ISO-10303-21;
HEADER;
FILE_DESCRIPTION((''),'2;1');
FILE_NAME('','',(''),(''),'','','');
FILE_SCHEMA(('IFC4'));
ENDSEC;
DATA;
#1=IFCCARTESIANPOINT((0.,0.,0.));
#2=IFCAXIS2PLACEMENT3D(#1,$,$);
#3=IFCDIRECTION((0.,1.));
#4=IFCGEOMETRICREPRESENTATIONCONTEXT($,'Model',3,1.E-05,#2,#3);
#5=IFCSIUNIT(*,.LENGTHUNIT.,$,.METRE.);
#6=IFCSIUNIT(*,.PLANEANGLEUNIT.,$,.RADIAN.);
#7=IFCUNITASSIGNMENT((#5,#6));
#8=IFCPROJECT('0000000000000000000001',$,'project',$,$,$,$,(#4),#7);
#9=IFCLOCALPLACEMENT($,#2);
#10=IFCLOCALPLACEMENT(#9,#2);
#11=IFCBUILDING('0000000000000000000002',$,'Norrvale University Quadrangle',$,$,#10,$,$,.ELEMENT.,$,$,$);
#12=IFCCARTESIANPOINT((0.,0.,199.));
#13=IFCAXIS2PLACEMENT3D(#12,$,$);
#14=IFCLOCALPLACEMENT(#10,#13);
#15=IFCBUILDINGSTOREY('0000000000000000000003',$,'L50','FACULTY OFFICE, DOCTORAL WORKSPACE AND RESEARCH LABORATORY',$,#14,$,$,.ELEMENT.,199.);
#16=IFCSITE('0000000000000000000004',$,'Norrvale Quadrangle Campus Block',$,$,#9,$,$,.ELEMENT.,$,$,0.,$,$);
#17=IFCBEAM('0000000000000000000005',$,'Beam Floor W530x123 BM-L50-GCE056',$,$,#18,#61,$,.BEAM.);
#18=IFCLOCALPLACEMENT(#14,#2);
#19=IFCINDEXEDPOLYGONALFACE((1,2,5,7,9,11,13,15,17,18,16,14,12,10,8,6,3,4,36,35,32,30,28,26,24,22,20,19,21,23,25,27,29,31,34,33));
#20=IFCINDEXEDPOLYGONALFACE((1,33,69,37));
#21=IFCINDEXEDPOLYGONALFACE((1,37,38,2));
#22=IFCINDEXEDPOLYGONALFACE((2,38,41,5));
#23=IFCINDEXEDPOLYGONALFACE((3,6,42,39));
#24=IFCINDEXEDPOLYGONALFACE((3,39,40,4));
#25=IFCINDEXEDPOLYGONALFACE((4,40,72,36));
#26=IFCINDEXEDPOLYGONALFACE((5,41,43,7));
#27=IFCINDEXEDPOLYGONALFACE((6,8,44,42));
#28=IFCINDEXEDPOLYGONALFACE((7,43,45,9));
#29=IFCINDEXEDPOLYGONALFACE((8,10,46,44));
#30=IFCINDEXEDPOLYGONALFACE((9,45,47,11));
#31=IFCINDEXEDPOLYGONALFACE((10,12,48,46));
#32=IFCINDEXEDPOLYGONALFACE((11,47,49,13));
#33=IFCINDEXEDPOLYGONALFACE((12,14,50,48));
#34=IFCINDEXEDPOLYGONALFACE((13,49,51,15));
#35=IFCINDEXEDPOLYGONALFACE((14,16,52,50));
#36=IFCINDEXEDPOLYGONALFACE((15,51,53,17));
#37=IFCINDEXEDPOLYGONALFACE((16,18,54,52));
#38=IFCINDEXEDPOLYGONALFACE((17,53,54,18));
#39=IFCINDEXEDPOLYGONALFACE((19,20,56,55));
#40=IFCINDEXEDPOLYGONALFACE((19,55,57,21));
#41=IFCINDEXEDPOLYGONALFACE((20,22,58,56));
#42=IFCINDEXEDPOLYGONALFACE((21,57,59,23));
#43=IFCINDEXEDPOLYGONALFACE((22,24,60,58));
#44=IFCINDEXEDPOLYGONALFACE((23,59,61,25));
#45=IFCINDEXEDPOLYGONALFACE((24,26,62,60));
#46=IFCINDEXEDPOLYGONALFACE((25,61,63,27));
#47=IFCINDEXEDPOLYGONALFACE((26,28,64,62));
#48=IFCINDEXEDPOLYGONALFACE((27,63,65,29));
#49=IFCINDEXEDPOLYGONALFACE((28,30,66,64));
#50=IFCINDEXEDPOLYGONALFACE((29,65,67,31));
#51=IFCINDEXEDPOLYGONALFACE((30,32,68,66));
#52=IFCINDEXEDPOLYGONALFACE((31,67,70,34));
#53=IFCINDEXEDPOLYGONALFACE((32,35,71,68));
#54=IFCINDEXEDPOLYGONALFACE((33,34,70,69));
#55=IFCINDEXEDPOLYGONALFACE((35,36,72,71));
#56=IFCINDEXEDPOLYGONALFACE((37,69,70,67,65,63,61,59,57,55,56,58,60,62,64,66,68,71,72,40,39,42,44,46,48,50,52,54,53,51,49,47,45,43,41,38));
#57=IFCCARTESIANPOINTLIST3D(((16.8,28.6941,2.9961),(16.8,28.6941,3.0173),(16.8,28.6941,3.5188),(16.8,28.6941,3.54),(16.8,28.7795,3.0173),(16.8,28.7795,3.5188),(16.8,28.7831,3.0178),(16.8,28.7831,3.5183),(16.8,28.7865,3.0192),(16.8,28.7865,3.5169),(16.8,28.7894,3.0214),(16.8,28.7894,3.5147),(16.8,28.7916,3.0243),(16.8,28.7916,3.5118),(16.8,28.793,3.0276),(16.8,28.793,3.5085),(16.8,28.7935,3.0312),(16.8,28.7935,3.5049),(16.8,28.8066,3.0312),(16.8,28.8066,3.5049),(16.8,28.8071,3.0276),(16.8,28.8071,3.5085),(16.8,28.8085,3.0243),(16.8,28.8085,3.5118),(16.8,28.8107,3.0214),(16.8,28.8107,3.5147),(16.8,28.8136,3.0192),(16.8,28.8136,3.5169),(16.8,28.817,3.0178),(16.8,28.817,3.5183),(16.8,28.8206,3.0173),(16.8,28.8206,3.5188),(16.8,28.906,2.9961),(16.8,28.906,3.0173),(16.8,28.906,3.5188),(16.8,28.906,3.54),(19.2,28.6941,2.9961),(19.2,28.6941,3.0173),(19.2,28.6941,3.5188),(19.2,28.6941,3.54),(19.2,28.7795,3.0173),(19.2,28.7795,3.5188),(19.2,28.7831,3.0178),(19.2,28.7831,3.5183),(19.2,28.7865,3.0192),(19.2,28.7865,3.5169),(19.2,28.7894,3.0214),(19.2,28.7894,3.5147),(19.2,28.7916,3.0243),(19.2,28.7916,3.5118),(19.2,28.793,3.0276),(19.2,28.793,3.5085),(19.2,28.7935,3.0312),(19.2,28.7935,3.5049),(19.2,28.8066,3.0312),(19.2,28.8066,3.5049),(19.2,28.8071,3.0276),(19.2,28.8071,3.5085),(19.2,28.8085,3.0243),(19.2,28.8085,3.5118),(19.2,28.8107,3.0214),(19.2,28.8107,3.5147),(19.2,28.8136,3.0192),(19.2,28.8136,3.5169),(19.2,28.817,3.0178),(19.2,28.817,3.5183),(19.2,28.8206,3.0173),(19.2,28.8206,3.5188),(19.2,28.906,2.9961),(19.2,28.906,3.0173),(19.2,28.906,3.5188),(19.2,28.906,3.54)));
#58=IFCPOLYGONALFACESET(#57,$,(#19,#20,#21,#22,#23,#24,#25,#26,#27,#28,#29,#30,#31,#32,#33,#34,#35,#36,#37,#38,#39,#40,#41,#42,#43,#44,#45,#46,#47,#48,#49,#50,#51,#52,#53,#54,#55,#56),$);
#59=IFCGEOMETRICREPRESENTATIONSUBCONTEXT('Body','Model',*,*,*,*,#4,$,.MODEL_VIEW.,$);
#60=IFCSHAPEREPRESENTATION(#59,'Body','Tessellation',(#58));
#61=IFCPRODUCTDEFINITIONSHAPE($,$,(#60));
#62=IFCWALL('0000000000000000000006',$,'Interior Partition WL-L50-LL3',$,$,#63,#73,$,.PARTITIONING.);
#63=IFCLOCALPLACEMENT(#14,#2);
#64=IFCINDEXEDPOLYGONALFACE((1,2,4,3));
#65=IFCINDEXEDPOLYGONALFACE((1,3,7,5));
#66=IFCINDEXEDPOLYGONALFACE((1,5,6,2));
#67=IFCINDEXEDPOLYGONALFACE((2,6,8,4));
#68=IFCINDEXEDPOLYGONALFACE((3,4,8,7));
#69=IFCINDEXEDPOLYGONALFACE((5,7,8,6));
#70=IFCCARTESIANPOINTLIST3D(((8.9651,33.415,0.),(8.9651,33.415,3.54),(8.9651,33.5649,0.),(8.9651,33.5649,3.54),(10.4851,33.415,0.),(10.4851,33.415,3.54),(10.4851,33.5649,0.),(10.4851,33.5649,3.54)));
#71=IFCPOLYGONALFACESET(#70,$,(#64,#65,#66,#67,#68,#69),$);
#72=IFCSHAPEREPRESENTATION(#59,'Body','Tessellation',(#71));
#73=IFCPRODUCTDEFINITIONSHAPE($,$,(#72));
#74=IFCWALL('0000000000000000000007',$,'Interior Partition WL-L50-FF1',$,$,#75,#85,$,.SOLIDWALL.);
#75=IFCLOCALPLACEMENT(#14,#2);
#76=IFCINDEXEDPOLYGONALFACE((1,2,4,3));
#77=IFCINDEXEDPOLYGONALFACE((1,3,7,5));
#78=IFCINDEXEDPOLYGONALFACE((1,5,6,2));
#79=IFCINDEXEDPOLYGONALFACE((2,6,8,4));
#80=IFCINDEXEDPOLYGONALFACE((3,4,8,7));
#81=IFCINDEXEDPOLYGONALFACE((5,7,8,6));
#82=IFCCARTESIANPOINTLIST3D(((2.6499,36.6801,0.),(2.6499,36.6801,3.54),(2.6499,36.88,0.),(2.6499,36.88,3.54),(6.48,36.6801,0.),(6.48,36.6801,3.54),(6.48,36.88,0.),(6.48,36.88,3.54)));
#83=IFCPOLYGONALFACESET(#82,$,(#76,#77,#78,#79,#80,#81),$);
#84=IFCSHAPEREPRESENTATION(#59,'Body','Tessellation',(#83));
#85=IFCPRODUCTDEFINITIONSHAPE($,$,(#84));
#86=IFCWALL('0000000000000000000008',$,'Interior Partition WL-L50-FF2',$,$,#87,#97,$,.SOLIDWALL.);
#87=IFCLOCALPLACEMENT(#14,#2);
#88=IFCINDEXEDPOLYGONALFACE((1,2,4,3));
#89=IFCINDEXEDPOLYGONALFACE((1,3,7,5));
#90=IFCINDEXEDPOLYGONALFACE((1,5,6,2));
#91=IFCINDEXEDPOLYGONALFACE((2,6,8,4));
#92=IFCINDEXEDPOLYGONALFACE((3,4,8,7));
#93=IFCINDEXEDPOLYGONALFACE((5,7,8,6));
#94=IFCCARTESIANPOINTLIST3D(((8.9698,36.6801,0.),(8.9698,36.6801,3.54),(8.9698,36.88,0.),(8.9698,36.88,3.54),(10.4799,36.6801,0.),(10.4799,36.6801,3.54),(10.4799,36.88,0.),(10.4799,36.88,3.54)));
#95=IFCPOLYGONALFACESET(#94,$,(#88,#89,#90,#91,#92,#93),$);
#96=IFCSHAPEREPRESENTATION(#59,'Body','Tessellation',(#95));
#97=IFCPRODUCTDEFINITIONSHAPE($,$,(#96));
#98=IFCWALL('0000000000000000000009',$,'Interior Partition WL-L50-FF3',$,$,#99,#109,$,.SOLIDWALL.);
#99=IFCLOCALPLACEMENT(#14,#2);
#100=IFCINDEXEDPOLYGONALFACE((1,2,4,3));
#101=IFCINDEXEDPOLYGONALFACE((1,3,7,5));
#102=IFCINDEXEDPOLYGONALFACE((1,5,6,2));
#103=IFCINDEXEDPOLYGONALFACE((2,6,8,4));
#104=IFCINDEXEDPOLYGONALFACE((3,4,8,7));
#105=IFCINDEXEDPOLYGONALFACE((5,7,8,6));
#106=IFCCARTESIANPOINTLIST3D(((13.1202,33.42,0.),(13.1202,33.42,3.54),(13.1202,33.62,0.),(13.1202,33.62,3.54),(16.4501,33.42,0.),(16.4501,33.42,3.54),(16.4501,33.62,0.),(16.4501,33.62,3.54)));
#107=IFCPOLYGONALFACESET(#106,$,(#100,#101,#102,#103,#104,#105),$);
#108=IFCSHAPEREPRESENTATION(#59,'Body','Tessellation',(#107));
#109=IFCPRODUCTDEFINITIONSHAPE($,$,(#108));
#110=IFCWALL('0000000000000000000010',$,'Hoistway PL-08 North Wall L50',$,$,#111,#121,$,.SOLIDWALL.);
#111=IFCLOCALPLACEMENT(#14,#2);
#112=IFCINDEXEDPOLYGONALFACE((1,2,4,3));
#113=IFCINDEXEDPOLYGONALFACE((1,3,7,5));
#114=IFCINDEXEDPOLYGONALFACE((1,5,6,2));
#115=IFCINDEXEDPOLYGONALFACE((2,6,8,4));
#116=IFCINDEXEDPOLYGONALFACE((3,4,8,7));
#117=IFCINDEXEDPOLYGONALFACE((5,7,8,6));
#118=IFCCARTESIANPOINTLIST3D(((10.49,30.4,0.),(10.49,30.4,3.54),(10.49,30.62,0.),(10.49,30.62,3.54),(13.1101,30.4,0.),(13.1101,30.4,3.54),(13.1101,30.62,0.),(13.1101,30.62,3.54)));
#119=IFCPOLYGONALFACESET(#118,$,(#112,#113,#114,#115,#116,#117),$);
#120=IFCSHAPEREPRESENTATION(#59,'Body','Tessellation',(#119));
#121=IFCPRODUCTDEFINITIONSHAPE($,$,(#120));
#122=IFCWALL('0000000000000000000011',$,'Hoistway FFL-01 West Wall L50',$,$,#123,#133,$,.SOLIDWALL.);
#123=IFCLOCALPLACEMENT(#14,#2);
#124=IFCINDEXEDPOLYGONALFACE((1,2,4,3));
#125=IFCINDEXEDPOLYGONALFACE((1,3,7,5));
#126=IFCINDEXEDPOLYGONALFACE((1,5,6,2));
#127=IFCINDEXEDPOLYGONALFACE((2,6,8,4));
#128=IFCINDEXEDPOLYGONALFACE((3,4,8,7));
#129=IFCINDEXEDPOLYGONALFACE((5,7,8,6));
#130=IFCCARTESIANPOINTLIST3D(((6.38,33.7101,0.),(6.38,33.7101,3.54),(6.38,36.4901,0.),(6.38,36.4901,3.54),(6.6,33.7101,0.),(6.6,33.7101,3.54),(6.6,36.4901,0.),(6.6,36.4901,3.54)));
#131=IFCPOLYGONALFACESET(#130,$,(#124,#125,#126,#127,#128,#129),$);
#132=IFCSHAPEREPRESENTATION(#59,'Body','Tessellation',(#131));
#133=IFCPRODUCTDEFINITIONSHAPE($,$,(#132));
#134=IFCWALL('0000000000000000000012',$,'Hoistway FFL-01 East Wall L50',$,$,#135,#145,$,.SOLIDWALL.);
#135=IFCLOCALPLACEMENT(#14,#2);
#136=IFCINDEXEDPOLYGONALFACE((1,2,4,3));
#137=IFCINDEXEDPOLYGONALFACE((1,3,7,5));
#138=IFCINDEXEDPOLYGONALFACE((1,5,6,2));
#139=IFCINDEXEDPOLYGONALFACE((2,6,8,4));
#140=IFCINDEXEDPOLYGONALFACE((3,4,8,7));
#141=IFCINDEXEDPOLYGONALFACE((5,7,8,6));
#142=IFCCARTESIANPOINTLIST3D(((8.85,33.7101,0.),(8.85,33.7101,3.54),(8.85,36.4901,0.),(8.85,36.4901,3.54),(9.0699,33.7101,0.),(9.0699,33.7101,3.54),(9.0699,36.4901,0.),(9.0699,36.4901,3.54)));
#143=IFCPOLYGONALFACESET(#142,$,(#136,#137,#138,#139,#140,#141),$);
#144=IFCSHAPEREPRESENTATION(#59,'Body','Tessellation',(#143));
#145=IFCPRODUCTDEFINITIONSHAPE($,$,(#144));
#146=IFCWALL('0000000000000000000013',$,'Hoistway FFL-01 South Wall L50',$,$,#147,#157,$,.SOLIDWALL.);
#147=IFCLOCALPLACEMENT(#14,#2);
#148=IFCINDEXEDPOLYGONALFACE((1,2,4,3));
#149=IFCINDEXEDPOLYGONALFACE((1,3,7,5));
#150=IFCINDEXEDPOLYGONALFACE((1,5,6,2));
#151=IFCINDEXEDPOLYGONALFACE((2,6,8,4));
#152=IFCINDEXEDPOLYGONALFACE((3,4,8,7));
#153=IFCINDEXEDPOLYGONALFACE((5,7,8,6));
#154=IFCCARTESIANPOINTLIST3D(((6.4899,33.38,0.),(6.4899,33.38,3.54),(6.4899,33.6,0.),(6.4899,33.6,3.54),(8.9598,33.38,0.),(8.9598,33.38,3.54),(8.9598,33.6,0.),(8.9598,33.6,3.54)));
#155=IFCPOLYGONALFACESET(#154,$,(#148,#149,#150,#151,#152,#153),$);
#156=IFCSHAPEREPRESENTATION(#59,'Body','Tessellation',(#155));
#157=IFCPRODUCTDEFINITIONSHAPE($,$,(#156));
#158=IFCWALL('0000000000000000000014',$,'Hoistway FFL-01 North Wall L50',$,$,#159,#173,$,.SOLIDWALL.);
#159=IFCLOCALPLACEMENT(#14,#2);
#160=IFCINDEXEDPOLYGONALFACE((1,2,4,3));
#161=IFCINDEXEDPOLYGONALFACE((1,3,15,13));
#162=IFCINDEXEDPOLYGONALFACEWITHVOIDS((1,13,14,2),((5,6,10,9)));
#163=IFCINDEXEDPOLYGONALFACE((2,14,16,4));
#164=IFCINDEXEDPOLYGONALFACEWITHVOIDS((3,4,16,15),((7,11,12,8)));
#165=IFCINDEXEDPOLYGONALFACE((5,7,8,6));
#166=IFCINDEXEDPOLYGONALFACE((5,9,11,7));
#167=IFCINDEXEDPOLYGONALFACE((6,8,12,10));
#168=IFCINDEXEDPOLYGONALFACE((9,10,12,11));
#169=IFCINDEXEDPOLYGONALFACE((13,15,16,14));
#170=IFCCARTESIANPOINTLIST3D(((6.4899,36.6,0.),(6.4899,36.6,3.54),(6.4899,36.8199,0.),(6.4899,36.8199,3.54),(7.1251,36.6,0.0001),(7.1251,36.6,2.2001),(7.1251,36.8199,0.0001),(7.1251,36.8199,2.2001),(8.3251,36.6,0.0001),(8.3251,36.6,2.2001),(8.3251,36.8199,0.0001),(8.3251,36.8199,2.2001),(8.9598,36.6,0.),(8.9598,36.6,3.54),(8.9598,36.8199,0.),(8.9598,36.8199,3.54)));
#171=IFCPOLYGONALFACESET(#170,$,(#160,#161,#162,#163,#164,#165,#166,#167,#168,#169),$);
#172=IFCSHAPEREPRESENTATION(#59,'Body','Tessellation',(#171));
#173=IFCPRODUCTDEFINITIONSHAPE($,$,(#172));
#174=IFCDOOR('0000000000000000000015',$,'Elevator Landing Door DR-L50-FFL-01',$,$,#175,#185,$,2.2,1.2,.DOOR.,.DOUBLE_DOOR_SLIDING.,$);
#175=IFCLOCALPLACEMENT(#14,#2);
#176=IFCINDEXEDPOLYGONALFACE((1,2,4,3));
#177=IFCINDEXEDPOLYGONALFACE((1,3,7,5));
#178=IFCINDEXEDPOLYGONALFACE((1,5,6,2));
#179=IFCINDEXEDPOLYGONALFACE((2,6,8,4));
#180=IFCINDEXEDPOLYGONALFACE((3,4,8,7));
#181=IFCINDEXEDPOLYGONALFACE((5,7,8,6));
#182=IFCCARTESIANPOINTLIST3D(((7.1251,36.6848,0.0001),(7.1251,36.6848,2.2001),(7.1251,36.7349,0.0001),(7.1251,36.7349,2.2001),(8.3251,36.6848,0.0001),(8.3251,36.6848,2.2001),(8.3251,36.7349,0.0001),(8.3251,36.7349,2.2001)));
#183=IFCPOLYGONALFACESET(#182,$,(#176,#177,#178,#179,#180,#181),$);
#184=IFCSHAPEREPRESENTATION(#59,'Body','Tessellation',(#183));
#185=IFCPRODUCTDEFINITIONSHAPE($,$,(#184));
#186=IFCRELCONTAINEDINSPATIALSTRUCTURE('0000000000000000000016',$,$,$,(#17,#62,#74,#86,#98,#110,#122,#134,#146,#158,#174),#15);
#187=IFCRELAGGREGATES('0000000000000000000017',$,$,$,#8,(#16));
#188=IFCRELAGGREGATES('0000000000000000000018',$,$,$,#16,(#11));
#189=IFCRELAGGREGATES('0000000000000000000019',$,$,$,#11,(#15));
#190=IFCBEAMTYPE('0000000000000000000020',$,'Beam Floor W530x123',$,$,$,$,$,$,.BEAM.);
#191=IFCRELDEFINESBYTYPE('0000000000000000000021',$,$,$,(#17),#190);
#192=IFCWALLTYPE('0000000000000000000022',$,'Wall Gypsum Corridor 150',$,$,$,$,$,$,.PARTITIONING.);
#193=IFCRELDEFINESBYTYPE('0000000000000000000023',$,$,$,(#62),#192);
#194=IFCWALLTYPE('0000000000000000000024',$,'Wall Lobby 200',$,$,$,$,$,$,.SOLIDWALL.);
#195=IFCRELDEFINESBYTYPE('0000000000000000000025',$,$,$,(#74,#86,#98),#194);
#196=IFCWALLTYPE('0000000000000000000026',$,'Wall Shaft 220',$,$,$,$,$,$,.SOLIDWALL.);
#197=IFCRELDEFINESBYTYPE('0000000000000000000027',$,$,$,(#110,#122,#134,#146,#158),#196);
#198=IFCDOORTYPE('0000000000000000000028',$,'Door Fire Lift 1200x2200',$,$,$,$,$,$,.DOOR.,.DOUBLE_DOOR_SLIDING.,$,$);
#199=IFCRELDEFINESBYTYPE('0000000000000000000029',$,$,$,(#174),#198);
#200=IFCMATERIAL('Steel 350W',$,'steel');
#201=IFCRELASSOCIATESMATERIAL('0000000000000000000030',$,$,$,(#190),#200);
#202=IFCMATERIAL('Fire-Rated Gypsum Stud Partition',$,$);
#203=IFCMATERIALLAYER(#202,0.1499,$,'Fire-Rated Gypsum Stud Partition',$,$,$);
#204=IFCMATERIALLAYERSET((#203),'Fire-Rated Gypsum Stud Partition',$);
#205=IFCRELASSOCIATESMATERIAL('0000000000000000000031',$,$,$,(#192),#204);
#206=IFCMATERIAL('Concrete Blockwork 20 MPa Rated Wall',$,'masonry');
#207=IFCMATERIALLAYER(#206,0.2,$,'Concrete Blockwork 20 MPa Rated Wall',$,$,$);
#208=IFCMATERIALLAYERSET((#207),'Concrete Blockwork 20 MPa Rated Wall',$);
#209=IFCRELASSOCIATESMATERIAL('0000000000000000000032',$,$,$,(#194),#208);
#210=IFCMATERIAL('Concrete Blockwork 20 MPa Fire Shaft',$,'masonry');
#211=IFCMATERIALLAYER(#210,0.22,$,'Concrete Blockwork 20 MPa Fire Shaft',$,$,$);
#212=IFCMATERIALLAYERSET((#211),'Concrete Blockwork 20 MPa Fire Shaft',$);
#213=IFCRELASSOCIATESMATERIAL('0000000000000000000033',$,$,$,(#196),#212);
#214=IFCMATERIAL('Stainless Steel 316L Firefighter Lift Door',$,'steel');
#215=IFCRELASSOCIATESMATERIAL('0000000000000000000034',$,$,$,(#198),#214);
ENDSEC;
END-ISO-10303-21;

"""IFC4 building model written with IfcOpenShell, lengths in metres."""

from ifc_helpers import new_model, si_unit, direction, frame, frame_2d, origin, origin_2d, place, context, subcontext, project, spatial, rectangle, i_section, extrude, material, layer, layer_set, material_profile, profile_set, type_object, element, fill, save


model = new_model("IFC4")

# Units and contexts
model_context = context("Model", 3, precision=1e-05, world=origin(), true_north=direction((0.0, 1.0)))
body_context = subcontext(model_context, "Body", "Model", "MODEL_VIEW")
ifc_project = project(units=[si_unit("LENGTHUNIT", "METRE"), si_unit("PLANEANGLEUNIT", "RADIAN")], contexts=[model_context])

# Site, building, storey
site_placement = place(None, origin())
site = spatial("IfcSite", under=ifc_project, at=site_placement, Name="Norrvale Quadrangle Campus Block", CompositionType="ELEMENT", RefElevation=0.0)
building_placement = place(site_placement, origin())
building = spatial("IfcBuilding", under=site, at=building_placement, Name="Norrvale University Quadrangle", CompositionType="ELEMENT")
storey_placement = place(building_placement, frame((0.0, 0.0, 199.0)))
storey = spatial("IfcBuildingStorey", under=building, at=storey_placement, Name="L50", Description="FACULTY OFFICE, DOCTORAL WORKSPACE AND RESEARCH LABORATORY", CompositionType="ELEMENT", Elevation=199.0)

# Beam
ifc_material_1 = material(Name="Steel 350W", Category="steel")
ifc_material_profile_1 = material_profile(ifc_material_1, i_section(OverallWidth=0.2119, OverallDepth=0.5439, WebThickness=0.0132, FlangeThickness=0.0212, FilletRadius=0.0139, at=origin_2d()), Name="Steel 350W")
ifc_profile_set_1 = profile_set([ifc_material_profile_1], Name="Steel 350W")
beam_type = type_object("IfcBeamType", Name="Beam Floor W530x123", PredefinedType="BEAM", material=ifc_profile_set_1)
beam_1_placement = place(storey_placement, frame((16.8, 28.8, 3.2681), z_axis=(1.0, 0.0, 0.0), x_axis=(0.0, 1.0, 0.0)))
element("IfcBeam", 1, at=beam_1_placement, inside=storey, type_object=beam_type, Name="Beam Floor W530x123 BM-L50-GCE056", PredefinedType="BEAM", context=body_context, shape_type="SweptSolid", body=[
    extrude(i_section(OverallWidth=0.2119, OverallDepth=0.5439, WebThickness=0.0132, FlangeThickness=0.0212, FilletRadius=0.0139, at=origin_2d()), origin(), (0.0, 0.0, 1.0), 2.3999),
])

# Walls
ifc_material_2 = material(Name="Fire-Rated Gypsum Stud Partition")
ifc_layer_1 = layer(ifc_material_2, 0.1499, Name="Fire-Rated Gypsum Stud Partition")
ifc_layer_set_1 = layer_set([ifc_layer_1], Name="Fire-Rated Gypsum Stud Partition")
wall_type_1 = type_object("IfcWallType", Name="Wall Gypsum Corridor 150", PredefinedType="PARTITIONING", material=ifc_layer_set_1)
wall_1_placement = place(storey_placement, frame((8.9651, 33.49, 0.0), z_axis=(0.0, 0.0, 1.0), x_axis=(1.0, 0.0, 0.0)))
element("IfcWall", 2, at=wall_1_placement, inside=storey, type_object=wall_type_1, Name="Interior Partition WL-L50-LL3", PredefinedType="PARTITIONING", context=body_context, shape_type="SweptSolid", body=[
    extrude(rectangle(XDim=1.52, YDim=0.1499, at=frame_2d((0.76, 0.0))), origin(), (0.0, 0.0, 1.0), 3.54),
])
ifc_material_3 = material(Name="Concrete Blockwork 20 MPa Rated Wall", Category="masonry")
ifc_layer_2 = layer(ifc_material_3, 0.2, Name="Concrete Blockwork 20 MPa Rated Wall")
ifc_layer_set_2 = layer_set([ifc_layer_2], Name="Concrete Blockwork 20 MPa Rated Wall")
wall_type_2 = type_object("IfcWallType", Name="Wall Lobby 200", PredefinedType="SOLIDWALL", material=ifc_layer_set_2)
wall_2_placement = place(storey_placement, frame((2.6499, 36.78, 0.0), z_axis=(0.0, 0.0, 1.0), x_axis=(1.0, 0.0, 0.0)))
element("IfcWall", 3, at=wall_2_placement, inside=storey, type_object=wall_type_2, Name="Interior Partition WL-L50-FF1", PredefinedType="SOLIDWALL", context=body_context, shape_type="SweptSolid", body=[
    extrude(rectangle(XDim=3.8301, YDim=0.2, at=frame_2d((1.915, 0.0))), origin(), (0.0, 0.0, 1.0), 3.54),
])
wall_3_placement = place(storey_placement, frame((8.97, 36.78, 0.0), z_axis=(0.0, 0.0, 1.0), x_axis=(1.0, 0.0, 0.0)))
element("IfcWall", 4, at=wall_3_placement, inside=storey, type_object=wall_type_2, Name="Interior Partition WL-L50-FF2", PredefinedType="SOLIDWALL", context=body_context, shape_type="SweptSolid", body=[
    extrude(rectangle(XDim=1.51, YDim=0.2, at=frame_2d((0.7549, 0.0))), origin(), (0.0, 0.0, 1.0), 3.54),
])
wall_4_placement = place(storey_placement, frame((13.1201, 33.52, 0.0), z_axis=(0.0, 0.0, 1.0), x_axis=(1.0, 0.0, 0.0)))
element("IfcWall", 5, at=wall_4_placement, inside=storey, type_object=wall_type_2, Name="Interior Partition WL-L50-FF3", PredefinedType="SOLIDWALL", context=body_context, shape_type="SweptSolid", body=[
    extrude(rectangle(XDim=3.3298, YDim=0.2, at=frame_2d((1.665, 0.0))), origin(), (0.0, 0.0, 1.0), 3.54),
])
ifc_material_4 = material(Name="Concrete Blockwork 20 MPa Fire Shaft", Category="masonry")
ifc_layer_3 = layer(ifc_material_4, 0.22, Name="Concrete Blockwork 20 MPa Fire Shaft")
ifc_layer_set_3 = layer_set([ifc_layer_3], Name="Concrete Blockwork 20 MPa Fire Shaft")
wall_type_3 = type_object("IfcWallType", Name="Wall Shaft 220", PredefinedType="SOLIDWALL", material=ifc_layer_set_3)
wall_5_placement = place(storey_placement, frame((10.49, 30.51, 0.0), z_axis=(0.0, 0.0, 1.0), x_axis=(1.0, 0.0, 0.0)))
element("IfcWall", 6, at=wall_5_placement, inside=storey, type_object=wall_type_3, Name="Hoistway PL-08 North Wall L50", PredefinedType="SOLIDWALL", context=body_context, shape_type="SweptSolid", body=[
    extrude(rectangle(XDim=2.6201, YDim=0.22, at=frame_2d((1.3101, 0.0))), origin(), (0.0, 0.0, 1.0), 3.54),
])
for number, where, z_axis, x_axis, name in (
    (7, (6.49, 33.71, 0.0), (0.0, 0.0, 1.0), (0.0, 1.0, 0.0), "Hoistway FFL-01 West Wall L50"),
    (8, (8.96, 33.71, 0.0), (0.0, 0.0, 1.0), (0.0, 1.0, 0.0), "Hoistway FFL-01 East Wall L50"),
):
    element("IfcWall", number, at=place(storey_placement, frame(where, z_axis=z_axis, x_axis=x_axis)), inside=storey, type_object=wall_type_3, Name=name, PredefinedType="SOLIDWALL", context=body_context, shape_type="SweptSolid", body=[
        extrude(rectangle(XDim=2.78, YDim=0.22, at=frame_2d((1.3901, 0.0))), origin(), (0.0, 0.0, 1.0), 3.54),
    ])
wall_6_placement = place(storey_placement, frame((6.49, 33.49, 0.0), z_axis=(0.0, 0.0, 1.0), x_axis=(1.0, 0.0, 0.0)))
element("IfcWall", 9, at=wall_6_placement, inside=storey, type_object=wall_type_3, Name="Hoistway FFL-01 South Wall L50", PredefinedType="SOLIDWALL", context=body_context, shape_type="SweptSolid", body=[
    extrude(rectangle(XDim=2.47, YDim=0.22, at=frame_2d((1.2349, 0.0))), origin(), (0.0, 0.0, 1.0), 3.54),
])

# Wall, opening, door
wall_7_placement = place(storey_placement, frame((6.49, 36.71, 0.0), z_axis=(0.0, 0.0, 1.0), x_axis=(1.0, 0.0, 0.0)))
wall_7 = element("IfcWall", 10, at=wall_7_placement, inside=storey, type_object=wall_type_3, Name="Hoistway FFL-01 North Wall L50", PredefinedType="SOLIDWALL", context=body_context, shape_type="SweptSolid", body=[
    extrude(rectangle(XDim=2.47, YDim=0.22, at=frame_2d((1.2349, 0.0))), origin(), (0.0, 0.0, 1.0), 3.54),
])
opening_1_placement = place(wall_7_placement, frame((0.635, 0.0, 0.0)))
opening_1 = element("IfcOpeningElement", 11, at=opening_1_placement, cuts=wall_7, PredefinedType="OPENING", context=body_context, shape_type="SweptSolid", body=[
    extrude(rectangle(XDim=1.2, YDim=2.2, at=frame_2d((0.6001, 1.1001))), frame((0.0, 0.1221, 0.0), z_axis=(0.0, -1.0, 0.0), x_axis=(1.0, 0.0, 0.0)), (0.0, 0.0, 1.0), 0.2439),
])
ifc_material_5 = material(Name="Stainless Steel 316L Firefighter Lift Door", Category="steel")
door_type = type_object("IfcDoorType", Name="Door Fire Lift 1200x2200", OperationType="DOUBLE_DOOR_SLIDING", PredefinedType="DOOR", material=ifc_material_5)
door_1_placement = place(opening_1_placement, origin())
door_1 = element("IfcDoor", 12, at=door_1_placement, inside=storey, type_object=door_type, Name="Elevator Landing Door DR-L50-FFL-01", OperationType="DOUBLE_DOOR_SLIDING", OverallHeight=2.2, OverallWidth=1.2, PredefinedType="DOOR", context=body_context, shape_type="SweptSolid", body=[
    extrude(rectangle(XDim=1.2, YDim=2.2, at=frame_2d((0.6001, 1.1001))), frame((0.0, 0.0249, 0.0), z_axis=(0.0, -1.0, 0.0), x_axis=(1.0, 0.0, 0.0)), (0.0, 0.0, 1.0), 0.05),
])
fill(opening_1, door_1)

save(model, "model.ifc")
